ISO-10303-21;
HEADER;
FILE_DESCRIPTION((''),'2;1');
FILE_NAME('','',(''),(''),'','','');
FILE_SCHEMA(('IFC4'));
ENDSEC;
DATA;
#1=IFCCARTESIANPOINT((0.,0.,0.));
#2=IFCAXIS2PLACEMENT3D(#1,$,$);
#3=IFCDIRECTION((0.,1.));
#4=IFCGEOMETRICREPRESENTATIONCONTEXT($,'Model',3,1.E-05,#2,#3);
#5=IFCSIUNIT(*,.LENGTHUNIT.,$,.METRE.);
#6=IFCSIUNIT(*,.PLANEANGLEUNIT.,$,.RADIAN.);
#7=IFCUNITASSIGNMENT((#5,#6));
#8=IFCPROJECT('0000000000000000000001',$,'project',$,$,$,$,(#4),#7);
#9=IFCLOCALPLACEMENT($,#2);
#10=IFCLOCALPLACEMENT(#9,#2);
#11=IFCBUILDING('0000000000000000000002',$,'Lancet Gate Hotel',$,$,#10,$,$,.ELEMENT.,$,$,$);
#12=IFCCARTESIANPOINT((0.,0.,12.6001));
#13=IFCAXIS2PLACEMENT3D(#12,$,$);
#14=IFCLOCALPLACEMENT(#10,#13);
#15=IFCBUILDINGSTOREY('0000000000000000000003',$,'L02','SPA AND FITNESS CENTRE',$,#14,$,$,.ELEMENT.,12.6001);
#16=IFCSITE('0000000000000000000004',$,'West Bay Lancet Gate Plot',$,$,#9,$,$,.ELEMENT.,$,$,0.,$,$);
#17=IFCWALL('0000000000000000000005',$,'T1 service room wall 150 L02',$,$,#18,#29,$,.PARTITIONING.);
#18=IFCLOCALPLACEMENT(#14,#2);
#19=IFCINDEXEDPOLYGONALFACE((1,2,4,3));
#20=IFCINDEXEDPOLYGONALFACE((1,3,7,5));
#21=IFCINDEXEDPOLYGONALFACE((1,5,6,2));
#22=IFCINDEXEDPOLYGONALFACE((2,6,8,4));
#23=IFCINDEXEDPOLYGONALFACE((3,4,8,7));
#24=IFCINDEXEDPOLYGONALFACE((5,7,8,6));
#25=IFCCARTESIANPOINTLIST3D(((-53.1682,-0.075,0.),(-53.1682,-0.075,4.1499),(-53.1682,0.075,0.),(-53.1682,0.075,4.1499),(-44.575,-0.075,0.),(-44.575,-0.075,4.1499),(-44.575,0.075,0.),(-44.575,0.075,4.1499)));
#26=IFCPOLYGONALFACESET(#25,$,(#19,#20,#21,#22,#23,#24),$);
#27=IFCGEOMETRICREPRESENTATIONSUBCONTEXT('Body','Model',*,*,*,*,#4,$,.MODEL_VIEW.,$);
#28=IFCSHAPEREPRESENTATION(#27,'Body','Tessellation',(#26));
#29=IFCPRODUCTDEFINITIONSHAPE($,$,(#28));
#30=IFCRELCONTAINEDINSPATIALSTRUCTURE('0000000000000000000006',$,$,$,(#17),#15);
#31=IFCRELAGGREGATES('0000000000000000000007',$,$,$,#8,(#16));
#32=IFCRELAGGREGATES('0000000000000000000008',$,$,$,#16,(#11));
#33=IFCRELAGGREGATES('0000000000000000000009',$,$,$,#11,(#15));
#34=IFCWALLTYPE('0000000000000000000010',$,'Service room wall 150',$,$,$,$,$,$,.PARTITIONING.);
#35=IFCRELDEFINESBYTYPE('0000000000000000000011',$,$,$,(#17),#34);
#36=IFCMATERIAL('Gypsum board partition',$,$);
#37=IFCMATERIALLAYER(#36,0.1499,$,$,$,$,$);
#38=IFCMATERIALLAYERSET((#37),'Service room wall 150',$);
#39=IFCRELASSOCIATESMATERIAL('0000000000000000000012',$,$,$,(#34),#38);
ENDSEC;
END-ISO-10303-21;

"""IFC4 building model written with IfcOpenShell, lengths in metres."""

from ifc_helpers import new_model, si_unit, direction, frame, frame_2d, origin, place, context, subcontext, project, spatial, rectangle, extrude, material, layer, layer_set, type_object, element, save


model = new_model("IFC4")

# Units and contexts
model_context = context("Model", 3, precision=1e-05, world=origin(), true_north=direction((0.0, 1.0)))
body_context = subcontext(model_context, "Body", "Model", "MODEL_VIEW")
ifc_project = project(units=[si_unit("LENGTHUNIT", "METRE"), si_unit("PLANEANGLEUNIT", "RADIAN")], contexts=[model_context])

# Site, building, storey
site_placement = place(None, origin())
site = spatial("IfcSite", under=ifc_project, at=site_placement, Name="West Bay Lancet Gate Plot", CompositionType="ELEMENT", RefElevation=0.0)
building_placement = place(site_placement, origin())
building = spatial("IfcBuilding", under=site, at=building_placement, Name="Lancet Gate Hotel", CompositionType="ELEMENT")
storey_placement = place(building_placement, frame((0.0, 0.0, 12.6001)))
storey = spatial("IfcBuildingStorey", under=building, at=storey_placement, Name="L02", Description="SPA AND FITNESS CENTRE", CompositionType="ELEMENT", Elevation=12.6001)

# Wall
ifc_material_1 = material(Name="Gypsum board partition")
ifc_layer_1 = layer(ifc_material_1, 0.1499)
ifc_layer_set_1 = layer_set([ifc_layer_1], Name="Service room wall 150")
wall_type_1 = type_object("IfcWallType", Name="Service room wall 150", PredefinedType="PARTITIONING", material=ifc_layer_set_1)
wall_1_placement = place(storey_placement, frame((-44.575, 0.0, 0.0), z_axis=(0.0, 0.0, 1.0), x_axis=(-1.0, 0.0, 0.0)))
element("IfcWall", 1, at=wall_1_placement, inside=storey, type_object=wall_type_1, Name="T1 service room wall 150 L02", PredefinedType="PARTITIONING", context=body_context, shape_type="SweptSolid", body=[
    extrude(rectangle(XDim=8.5933, YDim=0.1499, at=frame_2d((4.2966, 0.0))), origin(), (0.0, 0.0, 1.0), 4.1499),
])

save(model, "model.ifc")
